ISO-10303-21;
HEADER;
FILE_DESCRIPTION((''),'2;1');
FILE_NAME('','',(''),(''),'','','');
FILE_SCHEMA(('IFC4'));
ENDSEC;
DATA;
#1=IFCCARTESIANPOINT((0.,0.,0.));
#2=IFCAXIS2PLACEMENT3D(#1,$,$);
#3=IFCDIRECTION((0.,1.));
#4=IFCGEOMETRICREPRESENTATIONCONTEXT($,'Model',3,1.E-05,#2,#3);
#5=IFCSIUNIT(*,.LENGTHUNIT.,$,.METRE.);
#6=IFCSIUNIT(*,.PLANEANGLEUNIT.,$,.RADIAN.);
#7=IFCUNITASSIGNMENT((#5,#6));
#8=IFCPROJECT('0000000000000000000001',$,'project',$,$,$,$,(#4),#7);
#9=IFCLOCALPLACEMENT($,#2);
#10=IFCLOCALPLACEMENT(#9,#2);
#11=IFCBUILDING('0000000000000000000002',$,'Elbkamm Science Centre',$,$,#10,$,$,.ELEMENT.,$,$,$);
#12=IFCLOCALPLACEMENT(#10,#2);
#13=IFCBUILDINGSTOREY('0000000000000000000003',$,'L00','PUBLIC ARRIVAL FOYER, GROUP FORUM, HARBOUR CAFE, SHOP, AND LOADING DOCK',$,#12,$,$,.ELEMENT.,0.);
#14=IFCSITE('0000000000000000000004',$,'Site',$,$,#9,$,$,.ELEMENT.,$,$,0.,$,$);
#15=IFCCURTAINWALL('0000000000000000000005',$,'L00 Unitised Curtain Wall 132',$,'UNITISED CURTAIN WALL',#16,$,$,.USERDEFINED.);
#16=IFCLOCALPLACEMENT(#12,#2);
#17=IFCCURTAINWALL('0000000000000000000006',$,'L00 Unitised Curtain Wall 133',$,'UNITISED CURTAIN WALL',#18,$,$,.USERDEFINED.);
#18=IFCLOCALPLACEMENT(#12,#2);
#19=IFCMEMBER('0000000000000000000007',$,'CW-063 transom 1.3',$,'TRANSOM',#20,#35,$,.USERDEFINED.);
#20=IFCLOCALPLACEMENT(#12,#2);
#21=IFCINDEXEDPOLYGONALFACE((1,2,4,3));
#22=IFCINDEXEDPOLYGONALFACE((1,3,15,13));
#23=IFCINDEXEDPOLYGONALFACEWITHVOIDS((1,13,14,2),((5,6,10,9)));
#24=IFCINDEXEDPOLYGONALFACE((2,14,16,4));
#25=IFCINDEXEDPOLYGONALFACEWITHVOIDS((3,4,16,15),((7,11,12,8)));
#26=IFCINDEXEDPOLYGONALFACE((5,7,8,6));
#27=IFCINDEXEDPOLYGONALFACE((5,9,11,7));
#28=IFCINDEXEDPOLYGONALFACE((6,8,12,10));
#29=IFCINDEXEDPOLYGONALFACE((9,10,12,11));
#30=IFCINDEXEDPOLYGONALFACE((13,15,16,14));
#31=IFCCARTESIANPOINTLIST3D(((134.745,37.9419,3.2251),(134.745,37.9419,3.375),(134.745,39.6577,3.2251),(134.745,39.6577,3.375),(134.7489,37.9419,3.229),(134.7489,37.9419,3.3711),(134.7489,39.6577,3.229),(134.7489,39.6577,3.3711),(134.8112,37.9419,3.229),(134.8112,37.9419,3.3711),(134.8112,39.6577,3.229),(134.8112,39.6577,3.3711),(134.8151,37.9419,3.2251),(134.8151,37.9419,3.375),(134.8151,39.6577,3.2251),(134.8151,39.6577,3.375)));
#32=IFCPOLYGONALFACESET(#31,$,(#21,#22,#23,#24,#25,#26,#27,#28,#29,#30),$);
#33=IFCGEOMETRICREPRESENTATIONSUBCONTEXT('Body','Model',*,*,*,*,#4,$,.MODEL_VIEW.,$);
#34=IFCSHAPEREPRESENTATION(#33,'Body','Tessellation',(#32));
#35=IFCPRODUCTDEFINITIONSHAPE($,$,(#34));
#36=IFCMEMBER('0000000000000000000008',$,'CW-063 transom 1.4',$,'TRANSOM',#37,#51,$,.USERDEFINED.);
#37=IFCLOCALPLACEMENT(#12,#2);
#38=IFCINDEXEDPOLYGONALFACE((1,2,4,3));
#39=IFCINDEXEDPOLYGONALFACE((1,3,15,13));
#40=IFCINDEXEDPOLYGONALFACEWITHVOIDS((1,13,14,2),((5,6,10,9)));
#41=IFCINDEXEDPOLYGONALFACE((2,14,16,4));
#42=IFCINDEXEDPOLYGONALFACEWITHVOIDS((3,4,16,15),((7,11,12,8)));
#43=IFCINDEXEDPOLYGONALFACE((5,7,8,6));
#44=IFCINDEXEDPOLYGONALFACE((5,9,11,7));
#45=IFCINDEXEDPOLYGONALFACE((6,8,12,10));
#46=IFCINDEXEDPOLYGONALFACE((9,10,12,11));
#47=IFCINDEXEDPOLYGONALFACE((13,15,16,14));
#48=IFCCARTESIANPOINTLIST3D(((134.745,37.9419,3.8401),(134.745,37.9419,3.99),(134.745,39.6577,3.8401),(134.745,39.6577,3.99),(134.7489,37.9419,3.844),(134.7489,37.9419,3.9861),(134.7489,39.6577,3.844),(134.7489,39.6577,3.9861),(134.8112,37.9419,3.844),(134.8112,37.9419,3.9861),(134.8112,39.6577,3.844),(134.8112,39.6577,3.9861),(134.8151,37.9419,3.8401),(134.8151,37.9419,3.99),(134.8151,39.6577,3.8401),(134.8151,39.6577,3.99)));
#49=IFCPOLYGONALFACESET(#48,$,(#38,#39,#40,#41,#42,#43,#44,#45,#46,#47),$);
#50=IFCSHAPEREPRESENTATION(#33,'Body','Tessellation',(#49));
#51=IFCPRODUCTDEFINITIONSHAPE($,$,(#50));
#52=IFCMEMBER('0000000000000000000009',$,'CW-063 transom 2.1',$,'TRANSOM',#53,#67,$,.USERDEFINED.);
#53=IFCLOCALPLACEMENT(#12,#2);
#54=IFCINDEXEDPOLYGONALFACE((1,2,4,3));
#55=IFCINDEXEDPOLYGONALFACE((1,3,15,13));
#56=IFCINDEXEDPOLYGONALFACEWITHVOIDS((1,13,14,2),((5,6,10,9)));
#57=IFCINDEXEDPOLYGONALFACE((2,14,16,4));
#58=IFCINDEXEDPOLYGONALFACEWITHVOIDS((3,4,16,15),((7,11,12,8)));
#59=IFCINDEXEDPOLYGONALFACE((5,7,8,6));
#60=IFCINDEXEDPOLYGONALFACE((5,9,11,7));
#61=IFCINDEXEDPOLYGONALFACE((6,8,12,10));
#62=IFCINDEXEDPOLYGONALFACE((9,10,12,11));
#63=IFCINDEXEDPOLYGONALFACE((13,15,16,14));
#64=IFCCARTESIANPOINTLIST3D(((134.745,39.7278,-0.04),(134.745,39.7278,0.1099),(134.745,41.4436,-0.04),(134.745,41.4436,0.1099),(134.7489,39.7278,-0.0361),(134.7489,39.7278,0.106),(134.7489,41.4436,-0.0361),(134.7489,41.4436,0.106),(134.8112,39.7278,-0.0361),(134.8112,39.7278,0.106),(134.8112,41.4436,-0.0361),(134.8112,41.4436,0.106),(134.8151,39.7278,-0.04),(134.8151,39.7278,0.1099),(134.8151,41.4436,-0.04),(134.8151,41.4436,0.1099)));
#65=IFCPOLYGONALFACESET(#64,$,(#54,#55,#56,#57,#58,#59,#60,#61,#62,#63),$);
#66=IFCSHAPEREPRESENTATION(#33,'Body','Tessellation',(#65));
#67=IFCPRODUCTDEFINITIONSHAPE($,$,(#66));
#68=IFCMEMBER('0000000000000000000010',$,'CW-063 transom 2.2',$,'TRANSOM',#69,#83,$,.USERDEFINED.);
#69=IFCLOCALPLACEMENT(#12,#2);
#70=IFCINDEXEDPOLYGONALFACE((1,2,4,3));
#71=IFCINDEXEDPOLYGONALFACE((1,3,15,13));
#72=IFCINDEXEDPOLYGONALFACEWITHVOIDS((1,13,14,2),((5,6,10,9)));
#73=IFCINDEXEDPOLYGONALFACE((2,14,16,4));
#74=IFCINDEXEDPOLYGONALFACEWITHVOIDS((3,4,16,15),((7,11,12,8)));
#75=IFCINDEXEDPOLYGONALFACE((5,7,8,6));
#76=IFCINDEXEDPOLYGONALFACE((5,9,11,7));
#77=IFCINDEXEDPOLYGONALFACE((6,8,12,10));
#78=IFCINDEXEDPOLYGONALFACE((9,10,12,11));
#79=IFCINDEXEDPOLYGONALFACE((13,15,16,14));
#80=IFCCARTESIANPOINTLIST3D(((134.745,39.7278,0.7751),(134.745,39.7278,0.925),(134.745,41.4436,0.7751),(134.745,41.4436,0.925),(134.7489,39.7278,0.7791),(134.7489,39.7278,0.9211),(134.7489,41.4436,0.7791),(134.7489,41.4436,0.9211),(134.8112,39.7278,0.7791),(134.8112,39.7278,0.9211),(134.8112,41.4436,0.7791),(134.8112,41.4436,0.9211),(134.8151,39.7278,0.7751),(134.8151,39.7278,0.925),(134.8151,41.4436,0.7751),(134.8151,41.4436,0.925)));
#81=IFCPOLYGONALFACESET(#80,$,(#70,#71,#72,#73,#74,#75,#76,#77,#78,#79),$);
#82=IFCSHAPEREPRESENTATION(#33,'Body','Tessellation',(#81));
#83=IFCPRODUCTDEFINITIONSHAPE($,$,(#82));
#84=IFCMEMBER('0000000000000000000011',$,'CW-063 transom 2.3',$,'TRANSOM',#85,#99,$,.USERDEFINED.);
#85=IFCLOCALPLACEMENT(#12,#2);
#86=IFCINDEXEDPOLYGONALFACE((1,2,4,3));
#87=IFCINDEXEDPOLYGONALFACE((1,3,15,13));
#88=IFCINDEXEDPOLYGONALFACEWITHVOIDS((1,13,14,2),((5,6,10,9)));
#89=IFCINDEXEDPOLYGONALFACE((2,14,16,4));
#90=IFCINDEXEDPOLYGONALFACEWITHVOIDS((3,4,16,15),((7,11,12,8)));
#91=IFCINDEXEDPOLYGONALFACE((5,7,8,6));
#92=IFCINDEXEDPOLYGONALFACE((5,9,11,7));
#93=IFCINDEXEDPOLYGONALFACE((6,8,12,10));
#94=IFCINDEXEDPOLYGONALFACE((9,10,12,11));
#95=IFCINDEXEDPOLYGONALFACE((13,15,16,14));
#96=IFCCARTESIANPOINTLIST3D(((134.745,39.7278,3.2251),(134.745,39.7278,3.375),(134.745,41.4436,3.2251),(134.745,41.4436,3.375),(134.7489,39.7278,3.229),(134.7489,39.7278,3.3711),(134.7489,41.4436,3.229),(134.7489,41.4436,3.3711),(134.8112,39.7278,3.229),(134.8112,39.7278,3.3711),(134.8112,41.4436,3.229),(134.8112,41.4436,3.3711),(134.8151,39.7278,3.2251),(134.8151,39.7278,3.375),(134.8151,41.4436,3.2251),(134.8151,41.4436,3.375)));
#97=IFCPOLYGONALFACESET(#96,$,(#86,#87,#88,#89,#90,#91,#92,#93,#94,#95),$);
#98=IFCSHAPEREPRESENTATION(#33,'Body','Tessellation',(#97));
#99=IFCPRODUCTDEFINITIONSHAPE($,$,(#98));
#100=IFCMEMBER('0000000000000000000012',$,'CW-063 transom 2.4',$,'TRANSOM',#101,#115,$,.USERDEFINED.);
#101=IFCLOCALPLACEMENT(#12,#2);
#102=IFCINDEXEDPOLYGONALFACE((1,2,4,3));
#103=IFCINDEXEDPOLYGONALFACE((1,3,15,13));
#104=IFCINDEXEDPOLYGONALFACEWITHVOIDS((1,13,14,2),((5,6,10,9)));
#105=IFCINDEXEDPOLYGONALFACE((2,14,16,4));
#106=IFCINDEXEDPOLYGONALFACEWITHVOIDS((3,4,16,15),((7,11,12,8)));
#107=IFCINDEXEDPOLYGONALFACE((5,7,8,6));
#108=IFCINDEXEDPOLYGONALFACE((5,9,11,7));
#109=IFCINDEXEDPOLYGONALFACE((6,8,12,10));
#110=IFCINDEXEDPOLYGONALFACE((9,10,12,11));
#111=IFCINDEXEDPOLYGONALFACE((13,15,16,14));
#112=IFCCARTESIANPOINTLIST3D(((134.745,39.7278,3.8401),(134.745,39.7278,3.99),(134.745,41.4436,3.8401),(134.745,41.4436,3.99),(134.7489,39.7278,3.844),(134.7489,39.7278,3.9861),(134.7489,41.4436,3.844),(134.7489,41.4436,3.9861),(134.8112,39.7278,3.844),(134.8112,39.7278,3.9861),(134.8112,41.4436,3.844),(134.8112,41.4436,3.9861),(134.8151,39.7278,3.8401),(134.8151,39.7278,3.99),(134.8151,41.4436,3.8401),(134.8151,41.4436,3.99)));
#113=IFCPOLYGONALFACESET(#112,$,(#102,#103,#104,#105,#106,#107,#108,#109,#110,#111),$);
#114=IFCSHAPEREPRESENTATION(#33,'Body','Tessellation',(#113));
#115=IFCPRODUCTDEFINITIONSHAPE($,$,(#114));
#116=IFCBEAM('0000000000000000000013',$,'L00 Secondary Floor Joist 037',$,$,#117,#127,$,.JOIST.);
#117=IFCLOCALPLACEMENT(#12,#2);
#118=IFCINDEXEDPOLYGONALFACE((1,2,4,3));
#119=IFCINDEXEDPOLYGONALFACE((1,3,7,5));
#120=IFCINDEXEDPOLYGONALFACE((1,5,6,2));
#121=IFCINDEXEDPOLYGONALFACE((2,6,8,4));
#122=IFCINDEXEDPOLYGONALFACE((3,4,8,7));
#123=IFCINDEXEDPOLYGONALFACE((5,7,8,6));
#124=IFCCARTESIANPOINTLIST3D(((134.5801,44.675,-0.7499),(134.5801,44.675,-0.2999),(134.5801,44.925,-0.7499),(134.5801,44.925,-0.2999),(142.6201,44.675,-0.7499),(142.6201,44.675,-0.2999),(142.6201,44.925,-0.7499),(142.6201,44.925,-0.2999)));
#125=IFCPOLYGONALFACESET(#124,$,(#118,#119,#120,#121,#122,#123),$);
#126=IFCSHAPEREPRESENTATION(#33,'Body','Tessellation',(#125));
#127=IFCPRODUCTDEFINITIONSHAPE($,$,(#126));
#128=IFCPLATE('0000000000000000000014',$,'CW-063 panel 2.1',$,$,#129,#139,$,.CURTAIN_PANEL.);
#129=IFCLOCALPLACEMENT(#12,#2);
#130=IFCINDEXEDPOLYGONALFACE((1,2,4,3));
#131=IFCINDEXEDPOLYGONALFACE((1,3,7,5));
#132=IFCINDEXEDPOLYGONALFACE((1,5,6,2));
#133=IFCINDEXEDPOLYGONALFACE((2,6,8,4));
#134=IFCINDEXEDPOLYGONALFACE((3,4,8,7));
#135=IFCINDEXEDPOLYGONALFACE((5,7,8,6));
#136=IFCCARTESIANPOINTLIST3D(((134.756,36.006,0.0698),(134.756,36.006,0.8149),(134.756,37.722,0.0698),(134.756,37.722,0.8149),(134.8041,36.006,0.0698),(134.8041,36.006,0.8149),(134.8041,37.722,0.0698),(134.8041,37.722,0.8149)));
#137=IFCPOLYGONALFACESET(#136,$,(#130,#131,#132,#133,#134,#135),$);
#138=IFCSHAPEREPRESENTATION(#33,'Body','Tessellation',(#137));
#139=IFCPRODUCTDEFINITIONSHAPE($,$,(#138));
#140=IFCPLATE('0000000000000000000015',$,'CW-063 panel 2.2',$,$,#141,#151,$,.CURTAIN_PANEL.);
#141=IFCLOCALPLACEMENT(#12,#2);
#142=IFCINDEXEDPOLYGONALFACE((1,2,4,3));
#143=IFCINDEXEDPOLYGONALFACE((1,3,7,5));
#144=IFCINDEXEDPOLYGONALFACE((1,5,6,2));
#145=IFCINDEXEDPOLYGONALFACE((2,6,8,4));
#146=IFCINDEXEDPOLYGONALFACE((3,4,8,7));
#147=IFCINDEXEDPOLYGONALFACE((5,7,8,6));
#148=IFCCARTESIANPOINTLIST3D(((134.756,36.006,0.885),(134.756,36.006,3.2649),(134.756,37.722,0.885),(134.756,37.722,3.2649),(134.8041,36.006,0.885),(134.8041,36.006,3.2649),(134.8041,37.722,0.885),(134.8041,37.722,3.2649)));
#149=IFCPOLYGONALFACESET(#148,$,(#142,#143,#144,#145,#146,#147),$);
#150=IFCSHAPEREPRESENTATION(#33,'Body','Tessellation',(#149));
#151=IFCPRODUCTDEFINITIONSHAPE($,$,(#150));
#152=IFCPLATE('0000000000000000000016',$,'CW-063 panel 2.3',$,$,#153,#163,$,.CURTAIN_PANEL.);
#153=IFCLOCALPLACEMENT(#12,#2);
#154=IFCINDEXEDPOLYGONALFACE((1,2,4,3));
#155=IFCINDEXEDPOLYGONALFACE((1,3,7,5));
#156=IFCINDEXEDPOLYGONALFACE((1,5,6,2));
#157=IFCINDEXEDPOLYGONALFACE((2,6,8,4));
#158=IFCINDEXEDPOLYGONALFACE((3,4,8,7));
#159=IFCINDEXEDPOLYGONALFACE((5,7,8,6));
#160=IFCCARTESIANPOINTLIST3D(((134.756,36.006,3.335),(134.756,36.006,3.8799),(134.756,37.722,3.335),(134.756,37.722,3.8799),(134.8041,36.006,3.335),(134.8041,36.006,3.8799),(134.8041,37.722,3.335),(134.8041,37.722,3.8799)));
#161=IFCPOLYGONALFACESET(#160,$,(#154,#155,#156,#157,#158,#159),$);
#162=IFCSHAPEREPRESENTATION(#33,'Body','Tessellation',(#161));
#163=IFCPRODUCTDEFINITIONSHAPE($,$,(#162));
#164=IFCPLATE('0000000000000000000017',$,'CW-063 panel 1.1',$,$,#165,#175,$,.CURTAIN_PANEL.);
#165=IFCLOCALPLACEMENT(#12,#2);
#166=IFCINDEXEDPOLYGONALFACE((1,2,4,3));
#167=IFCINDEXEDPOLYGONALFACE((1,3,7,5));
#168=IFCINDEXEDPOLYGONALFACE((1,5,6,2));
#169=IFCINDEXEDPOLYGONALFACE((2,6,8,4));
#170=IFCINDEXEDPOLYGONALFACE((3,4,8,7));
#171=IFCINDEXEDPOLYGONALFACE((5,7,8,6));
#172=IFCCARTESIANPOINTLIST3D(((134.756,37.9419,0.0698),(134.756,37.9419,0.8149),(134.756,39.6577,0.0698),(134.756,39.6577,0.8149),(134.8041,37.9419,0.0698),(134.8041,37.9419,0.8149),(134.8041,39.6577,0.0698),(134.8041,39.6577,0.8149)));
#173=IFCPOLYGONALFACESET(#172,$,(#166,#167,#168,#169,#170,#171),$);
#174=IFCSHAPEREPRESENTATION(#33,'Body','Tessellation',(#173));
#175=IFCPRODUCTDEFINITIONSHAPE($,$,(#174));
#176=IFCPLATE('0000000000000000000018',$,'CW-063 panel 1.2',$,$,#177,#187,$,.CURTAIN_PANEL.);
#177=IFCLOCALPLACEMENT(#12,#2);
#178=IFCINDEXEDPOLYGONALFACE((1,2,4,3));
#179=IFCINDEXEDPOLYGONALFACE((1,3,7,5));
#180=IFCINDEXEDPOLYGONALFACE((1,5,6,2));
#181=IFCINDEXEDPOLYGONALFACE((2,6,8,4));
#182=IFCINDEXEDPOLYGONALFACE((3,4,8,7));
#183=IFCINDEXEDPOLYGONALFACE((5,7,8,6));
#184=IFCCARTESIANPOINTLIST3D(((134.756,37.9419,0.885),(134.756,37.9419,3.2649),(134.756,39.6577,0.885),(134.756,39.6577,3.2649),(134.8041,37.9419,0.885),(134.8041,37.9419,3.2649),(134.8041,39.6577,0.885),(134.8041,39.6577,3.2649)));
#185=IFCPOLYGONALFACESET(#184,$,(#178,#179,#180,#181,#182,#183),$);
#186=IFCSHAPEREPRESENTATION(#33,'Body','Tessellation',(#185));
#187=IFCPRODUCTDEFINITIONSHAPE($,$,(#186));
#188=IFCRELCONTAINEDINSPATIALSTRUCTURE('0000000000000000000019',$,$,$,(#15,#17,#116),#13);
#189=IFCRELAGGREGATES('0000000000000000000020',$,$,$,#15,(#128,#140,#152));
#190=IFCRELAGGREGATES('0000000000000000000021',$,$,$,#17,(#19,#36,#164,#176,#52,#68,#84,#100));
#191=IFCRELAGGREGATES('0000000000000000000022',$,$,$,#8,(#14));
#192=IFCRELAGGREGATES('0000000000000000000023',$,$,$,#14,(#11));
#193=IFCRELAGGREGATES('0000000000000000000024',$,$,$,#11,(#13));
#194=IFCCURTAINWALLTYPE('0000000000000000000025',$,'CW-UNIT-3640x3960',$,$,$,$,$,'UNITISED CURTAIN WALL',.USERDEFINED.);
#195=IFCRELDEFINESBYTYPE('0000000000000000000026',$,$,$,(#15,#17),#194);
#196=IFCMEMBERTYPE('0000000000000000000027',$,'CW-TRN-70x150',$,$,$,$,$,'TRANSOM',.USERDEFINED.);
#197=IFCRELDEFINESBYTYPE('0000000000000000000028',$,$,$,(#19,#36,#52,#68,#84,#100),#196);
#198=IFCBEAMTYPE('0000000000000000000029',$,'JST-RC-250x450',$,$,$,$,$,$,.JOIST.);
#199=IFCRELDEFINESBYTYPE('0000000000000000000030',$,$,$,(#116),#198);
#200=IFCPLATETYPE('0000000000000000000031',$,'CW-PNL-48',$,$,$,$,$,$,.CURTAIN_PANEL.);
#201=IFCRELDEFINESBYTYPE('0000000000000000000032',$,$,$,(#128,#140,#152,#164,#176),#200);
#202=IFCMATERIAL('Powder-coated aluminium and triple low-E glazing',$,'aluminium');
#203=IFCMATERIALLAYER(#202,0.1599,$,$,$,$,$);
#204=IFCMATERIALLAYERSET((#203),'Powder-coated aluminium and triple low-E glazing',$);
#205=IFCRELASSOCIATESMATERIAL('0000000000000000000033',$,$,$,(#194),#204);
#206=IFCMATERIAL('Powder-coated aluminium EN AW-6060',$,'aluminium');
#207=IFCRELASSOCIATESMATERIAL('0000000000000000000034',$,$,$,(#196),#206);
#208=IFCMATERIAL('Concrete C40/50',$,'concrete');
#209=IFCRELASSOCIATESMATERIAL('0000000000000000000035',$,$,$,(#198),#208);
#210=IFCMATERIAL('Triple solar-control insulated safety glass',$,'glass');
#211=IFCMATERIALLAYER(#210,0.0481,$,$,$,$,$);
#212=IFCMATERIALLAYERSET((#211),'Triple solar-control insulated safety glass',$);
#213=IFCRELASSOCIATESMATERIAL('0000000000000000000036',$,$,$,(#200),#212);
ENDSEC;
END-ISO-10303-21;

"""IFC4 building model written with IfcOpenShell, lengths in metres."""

from ifc_helpers import new_model, si_unit, direction, frame, origin, origin_2d, place, context, subcontext, project, spatial, rectangle, hollow_rectangle, extrude, material, layer, layer_set, material_profile, profile_set, type_object, element, aggregate, save


model = new_model("IFC4")

# Units and contexts
model_context = context("Model", 3, precision=1e-05, world=origin(), true_north=direction((0.0, 1.0)))
body_context = subcontext(model_context, "Body", "Model", "MODEL_VIEW")
ifc_project = project(units=[si_unit("LENGTHUNIT", "METRE"), si_unit("PLANEANGLEUNIT", "RADIAN")], contexts=[model_context])

# Site, building, storey
site_placement = place(None, origin())
site = spatial("IfcSite", under=ifc_project, at=site_placement, Name="Site", CompositionType="ELEMENT", RefElevation=0.0)
building_placement = place(site_placement, origin())
building = spatial("IfcBuilding", under=site, at=building_placement, Name="Elbkamm Science Centre", CompositionType="ELEMENT")
storey_placement = place(building_placement, origin())
storey = spatial("IfcBuildingStorey", under=building, at=storey_placement, Name="L00", Description="PUBLIC ARRIVAL FOYER, GROUP FORUM, HARBOUR CAFE, SHOP, AND LOADING DOCK", CompositionType="ELEMENT", Elevation=0.0)

# Shared definitions
ifc_material_1 = material(Name="Concrete C40/50", Category="concrete")

# Curtain wall
ifc_material_2 = material(Name="Powder-coated aluminium and triple low-E glazing", Category="aluminium")
ifc_layer_1 = layer(ifc_material_2, 0.1599)
ifc_layer_set_1 = layer_set([ifc_layer_1], Name="Powder-coated aluminium and triple low-E glazing")
curtain_wall_type = type_object("IfcCurtainWallType", Name="CW-UNIT-3640x3960", ElementType="UNITISED CURTAIN WALL", PredefinedType="USERDEFINED", material=ifc_layer_set_1)
curtain_wall_1_placement = place(storey_placement, origin())
curtain_wall_1 = element("IfcCurtainWall", 1, at=curtain_wall_1_placement, inside=storey, type_object=curtain_wall_type, Name="L00 Unitised Curtain Wall 132", ObjectType="UNITISED CURTAIN WALL", PredefinedType="USERDEFINED")
ifc_material_3 = material(Name="Powder-coated aluminium EN AW-6060", Category="aluminium")

# Curtain wall
curtain_wall_2_placement = place(storey_placement, origin())
curtain_wall_2 = element("IfcCurtainWall", 2, at=curtain_wall_2_placement, inside=storey, type_object=curtain_wall_type, Name="L00 Unitised Curtain Wall 133", ObjectType="UNITISED CURTAIN WALL", PredefinedType="USERDEFINED")

# Members
ifc_material_profile_1 = material_profile(ifc_material_3, hollow_rectangle(XDim=0.0701, YDim=0.1499, WallThickness=0.0039, at=origin_2d()), Name="ALU T70x150")
ifc_profile_set_1 = profile_set([ifc_material_profile_1], Name="Powder-coated aluminium EN AW-6060")
member_type_1 = type_object("IfcMemberType", Name="CW-TRN-70x150", ElementType="TRANSOM", PredefinedType="USERDEFINED", material=ifc_profile_set_1)
member_1_placement = place(storey_placement, frame((134.78, 37.9419, 3.3), z_axis=(0.0, 1.0, 0.0), x_axis=(-1.0, 0.0, 0.0)))
member_1 = element("IfcMember", 3, at=member_1_placement, type_object=member_type_1, Name="CW-063 transom 1.3", ObjectType="TRANSOM", PredefinedType="USERDEFINED", context=body_context, shape_type="SweptSolid", body=[
    extrude(hollow_rectangle(XDim=0.0701, YDim=0.1499, WallThickness=0.0039, at=origin_2d()), origin(), (0.0, 0.0, 1.0), 1.7158),
])
member_2_placement = place(storey_placement, frame((134.78, 37.9419, 3.915), z_axis=(0.0, 1.0, 0.0), x_axis=(-1.0, 0.0, 0.0)))
member_2 = element("IfcMember", 4, at=member_2_placement, type_object=member_type_1, Name="CW-063 transom 1.4", ObjectType="TRANSOM", PredefinedType="USERDEFINED", context=body_context, shape_type="SweptSolid", body=[
    extrude(hollow_rectangle(XDim=0.0701, YDim=0.1499, WallThickness=0.0039, at=origin_2d()), origin(), (0.0, 0.0, 1.0), 1.7158),
])
member_3_placement = place(storey_placement, frame((134.78, 39.7278, 0.0349), z_axis=(0.0, 1.0, 0.0), x_axis=(-1.0, 0.0, 0.0)))
member_3 = element("IfcMember", 5, at=member_3_placement, type_object=member_type_1, Name="CW-063 transom 2.1", ObjectType="TRANSOM", PredefinedType="USERDEFINED", context=body_context, shape_type="SweptSolid", body=[
    extrude(hollow_rectangle(XDim=0.0701, YDim=0.1499, WallThickness=0.0039, at=origin_2d()), origin(), (0.0, 0.0, 1.0), 1.7158),
])
member_4_placement = place(storey_placement, frame((134.78, 39.7278, 0.8501), z_axis=(0.0, 1.0, 0.0), x_axis=(-1.0, 0.0, 0.0)))
member_4 = element("IfcMember", 6, at=member_4_placement, type_object=member_type_1, Name="CW-063 transom 2.2", ObjectType="TRANSOM", PredefinedType="USERDEFINED", context=body_context, shape_type="SweptSolid", body=[
    extrude(hollow_rectangle(XDim=0.0701, YDim=0.1499, WallThickness=0.0039, at=origin_2d()), origin(), (0.0, 0.0, 1.0), 1.7158),
])
member_5_placement = place(storey_placement, frame((134.78, 39.7278, 3.3), z_axis=(0.0, 1.0, 0.0), x_axis=(-1.0, 0.0, 0.0)))
member_5 = element("IfcMember", 7, at=member_5_placement, type_object=member_type_1, Name="CW-063 transom 2.3", ObjectType="TRANSOM", PredefinedType="USERDEFINED", context=body_context, shape_type="SweptSolid", body=[
    extrude(hollow_rectangle(XDim=0.0701, YDim=0.1499, WallThickness=0.0039, at=origin_2d()), origin(), (0.0, 0.0, 1.0), 1.7158),
])
member_6_placement = place(storey_placement, frame((134.78, 39.7278, 3.915), z_axis=(0.0, 1.0, 0.0), x_axis=(-1.0, 0.0, 0.0)))
member_6 = element("IfcMember", 8, at=member_6_placement, type_object=member_type_1, Name="CW-063 transom 2.4", ObjectType="TRANSOM", PredefinedType="USERDEFINED", context=body_context, shape_type="SweptSolid", body=[
    extrude(hollow_rectangle(XDim=0.0701, YDim=0.1499, WallThickness=0.0039, at=origin_2d()), origin(), (0.0, 0.0, 1.0), 1.7158),
])

# Beam
ifc_material_profile_2 = material_profile(ifc_material_1, rectangle(XDim=0.25, YDim=0.45, at=origin_2d()), Name="RC 250x450")
ifc_profile_set_2 = profile_set([ifc_material_profile_2], Name="Concrete C40/50")
beam_type_1 = type_object("IfcBeamType", Name="JST-RC-250x450", PredefinedType="JOIST", material=ifc_profile_set_2)
beam_placement = place(storey_placement, frame((134.5801, 44.8, -0.5249), z_axis=(1.0, 0.0, 0.0), x_axis=(0.0, 1.0, 0.0)))
element("IfcBeam", 9, at=beam_placement, inside=storey, type_object=beam_type_1, Name="L00 Secondary Floor Joist 037", PredefinedType="JOIST", context=body_context, shape_type="SweptSolid", body=[
    extrude(rectangle(XDim=0.25, YDim=0.45, at=origin_2d()), origin(), (0.0, 0.0, 1.0), 8.04),
])

# Plates
ifc_material_4 = material(Name="Triple solar-control insulated safety glass", Category="glass")
ifc_layer_2 = layer(ifc_material_4, 0.0481)
ifc_layer_set_2 = layer_set([ifc_layer_2], Name="Triple solar-control insulated safety glass")
plate_type = type_object("IfcPlateType", Name="CW-PNL-48", PredefinedType="CURTAIN_PANEL", material=ifc_layer_set_2)
plate_1_placement = place(storey_placement, frame((134.78, 36.864, 0.0698), z_axis=(0.0, 0.0, 1.0), x_axis=(0.0, 1.0, 0.0)))
plate_1 = element("IfcPlate", 10, at=plate_1_placement, type_object=plate_type, Name="CW-063 panel 2.1", PredefinedType="CURTAIN_PANEL", context=body_context, shape_type="SweptSolid", body=[
    extrude(rectangle(XDim=1.7161, YDim=0.0481, at=origin_2d()), origin(), (0.0, 0.0, 1.0), 0.7451),
])
plate_2_placement = place(storey_placement, frame((134.78, 36.864, 0.885), z_axis=(0.0, 0.0, 1.0), x_axis=(0.0, 1.0, 0.0)))
plate_2 = element("IfcPlate", 11, at=plate_2_placement, type_object=plate_type, Name="CW-063 panel 2.2", PredefinedType="CURTAIN_PANEL", context=body_context, shape_type="SweptSolid", body=[
    extrude(rectangle(XDim=1.7161, YDim=0.0481, at=origin_2d()), origin(), (0.0, 0.0, 1.0), 2.3799),
])
plate_3_placement = place(storey_placement, frame((134.78, 36.864, 3.335), z_axis=(0.0, 0.0, 1.0), x_axis=(0.0, 1.0, 0.0)))
plate_3 = element("IfcPlate", 12, at=plate_3_placement, type_object=plate_type, Name="CW-063 panel 2.3", PredefinedType="CURTAIN_PANEL", context=body_context, shape_type="SweptSolid", body=[
    extrude(rectangle(XDim=1.7161, YDim=0.0481, at=origin_2d()), origin(), (0.0, 0.0, 1.0), 0.5449),
])
aggregate(curtain_wall_1, [plate_1, plate_2, plate_3])
plate_4_placement = place(storey_placement, frame((134.78, 38.7998, 0.0698), z_axis=(0.0, 0.0, 1.0), x_axis=(0.0, 1.0, 0.0)))
plate_4 = element("IfcPlate", 13, at=plate_4_placement, type_object=plate_type, Name="CW-063 panel 1.1", PredefinedType="CURTAIN_PANEL", context=body_context, shape_type="SweptSolid", body=[
    extrude(rectangle(XDim=1.7158, YDim=0.0481, at=origin_2d()), origin(), (0.0, 0.0, 1.0), 0.7451),
])
plate_5_placement = place(storey_placement, frame((134.78, 38.7998, 0.885), z_axis=(0.0, 0.0, 1.0), x_axis=(0.0, 1.0, 0.0)))
plate_5 = element("IfcPlate", 14, at=plate_5_placement, type_object=plate_type, Name="CW-063 panel 1.2", PredefinedType="CURTAIN_PANEL", context=body_context, shape_type="SweptSolid", body=[
    extrude(rectangle(XDim=1.7158, YDim=0.0481, at=origin_2d()), origin(), (0.0, 0.0, 1.0), 2.3799),
])
aggregate(curtain_wall_2, [member_1, member_2, plate_4, plate_5, member_3, member_4, member_5, member_6])

save(model, "model.ifc")
